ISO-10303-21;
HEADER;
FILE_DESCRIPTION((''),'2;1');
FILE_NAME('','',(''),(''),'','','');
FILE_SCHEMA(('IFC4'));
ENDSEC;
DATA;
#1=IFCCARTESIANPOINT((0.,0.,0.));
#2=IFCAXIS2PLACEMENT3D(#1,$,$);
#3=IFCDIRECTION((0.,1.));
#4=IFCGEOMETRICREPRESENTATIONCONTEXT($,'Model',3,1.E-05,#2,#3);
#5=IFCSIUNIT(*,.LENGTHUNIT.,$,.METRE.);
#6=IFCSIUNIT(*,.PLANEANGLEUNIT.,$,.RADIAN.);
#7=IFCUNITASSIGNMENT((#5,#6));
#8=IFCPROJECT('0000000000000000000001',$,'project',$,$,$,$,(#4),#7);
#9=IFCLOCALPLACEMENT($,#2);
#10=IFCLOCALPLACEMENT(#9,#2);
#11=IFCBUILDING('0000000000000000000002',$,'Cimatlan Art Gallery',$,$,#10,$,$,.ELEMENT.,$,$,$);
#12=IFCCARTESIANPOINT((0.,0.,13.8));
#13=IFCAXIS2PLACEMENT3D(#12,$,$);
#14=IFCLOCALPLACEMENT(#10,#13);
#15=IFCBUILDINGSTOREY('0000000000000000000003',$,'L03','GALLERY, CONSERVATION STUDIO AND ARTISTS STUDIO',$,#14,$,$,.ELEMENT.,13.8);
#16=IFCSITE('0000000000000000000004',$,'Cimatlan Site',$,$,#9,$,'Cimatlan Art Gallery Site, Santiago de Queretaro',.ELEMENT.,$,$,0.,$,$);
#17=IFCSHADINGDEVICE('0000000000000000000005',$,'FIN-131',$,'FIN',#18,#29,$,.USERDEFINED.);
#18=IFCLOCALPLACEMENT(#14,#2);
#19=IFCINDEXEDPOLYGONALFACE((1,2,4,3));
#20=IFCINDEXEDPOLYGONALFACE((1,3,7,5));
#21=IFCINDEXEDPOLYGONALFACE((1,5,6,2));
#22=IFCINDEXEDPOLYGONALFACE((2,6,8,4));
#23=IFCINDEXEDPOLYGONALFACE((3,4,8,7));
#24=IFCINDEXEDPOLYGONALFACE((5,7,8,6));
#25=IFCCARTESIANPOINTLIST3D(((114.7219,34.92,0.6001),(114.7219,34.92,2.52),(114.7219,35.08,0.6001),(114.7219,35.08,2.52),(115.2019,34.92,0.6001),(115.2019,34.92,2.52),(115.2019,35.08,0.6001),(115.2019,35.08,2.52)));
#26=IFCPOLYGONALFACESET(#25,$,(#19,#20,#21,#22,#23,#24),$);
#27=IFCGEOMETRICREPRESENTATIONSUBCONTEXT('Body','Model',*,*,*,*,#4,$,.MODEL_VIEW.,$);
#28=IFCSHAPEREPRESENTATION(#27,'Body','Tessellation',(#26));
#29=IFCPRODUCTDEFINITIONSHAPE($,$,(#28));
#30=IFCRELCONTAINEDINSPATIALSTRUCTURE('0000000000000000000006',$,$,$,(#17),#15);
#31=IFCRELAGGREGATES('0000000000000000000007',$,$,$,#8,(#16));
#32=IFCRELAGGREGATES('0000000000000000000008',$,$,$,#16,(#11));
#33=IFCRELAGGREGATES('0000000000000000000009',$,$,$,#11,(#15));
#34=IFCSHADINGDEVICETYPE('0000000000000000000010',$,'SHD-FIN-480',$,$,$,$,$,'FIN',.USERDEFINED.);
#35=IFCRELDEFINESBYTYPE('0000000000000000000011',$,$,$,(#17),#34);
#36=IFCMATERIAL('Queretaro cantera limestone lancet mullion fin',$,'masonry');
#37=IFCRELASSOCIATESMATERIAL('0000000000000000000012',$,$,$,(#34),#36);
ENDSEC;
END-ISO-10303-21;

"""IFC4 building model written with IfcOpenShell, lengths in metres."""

from ifc_helpers import new_model, si_unit, direction, frame, origin, origin_2d, place, context, subcontext, project, spatial, rectangle, extrude, material, type_object, element, save


model = new_model("IFC4")

# Units and contexts
model_context = context("Model", 3, precision=1e-05, world=origin(), true_north=direction((0.0, 1.0)))
body_context = subcontext(model_context, "Body", "Model", "MODEL_VIEW")
ifc_project = project(units=[si_unit("LENGTHUNIT", "METRE"), si_unit("PLANEANGLEUNIT", "RADIAN")], contexts=[model_context])

# Site, building, storey
site_placement = place(None, origin())
site = spatial("IfcSite", under=ifc_project, at=site_placement, Name="Cimatlan Site", LongName="Cimatlan Art Gallery Site, Santiago de Queretaro", CompositionType="ELEMENT", RefElevation=0.0)
building_placement = place(site_placement, origin())
building = spatial("IfcBuilding", under=site, at=building_placement, Name="Cimatlan Art Gallery", CompositionType="ELEMENT")
storey_placement = place(building_placement, frame((0.0, 0.0, 13.8)))
storey = spatial("IfcBuildingStorey", under=building, at=storey_placement, Name="L03", Description="GALLERY, CONSERVATION STUDIO AND ARTISTS STUDIO", CompositionType="ELEMENT", Elevation=13.8)

# Shading device
ifc_material_1 = material(Name="Queretaro cantera limestone lancet mullion fin", Category="masonry")
shading_device_type_1 = type_object("IfcShadingDeviceType", Name="SHD-FIN-480", ElementType="FIN", PredefinedType="USERDEFINED", material=ifc_material_1)
for number, where, z_axis, x_axis, name in (
    (1, (114.9619, 35.0, 0.6001), (0.0, 0.0, 1.0), (0.0, 1.0, 0.0), "FIN-131"),
):
    element("IfcShadingDevice", number, at=place(storey_placement, frame(where, z_axis=z_axis, x_axis=x_axis)), inside=storey, type_object=shading_device_type_1, Name=name, ObjectType="FIN", PredefinedType="USERDEFINED", context=body_context, shape_type="SweptSolid", body=[
        extrude(rectangle(XDim=0.1599, YDim=0.48, at=origin_2d()), origin(), (0.0, 0.0, 1.0), 1.9199),
    ])

save(model, "model.ifc")
